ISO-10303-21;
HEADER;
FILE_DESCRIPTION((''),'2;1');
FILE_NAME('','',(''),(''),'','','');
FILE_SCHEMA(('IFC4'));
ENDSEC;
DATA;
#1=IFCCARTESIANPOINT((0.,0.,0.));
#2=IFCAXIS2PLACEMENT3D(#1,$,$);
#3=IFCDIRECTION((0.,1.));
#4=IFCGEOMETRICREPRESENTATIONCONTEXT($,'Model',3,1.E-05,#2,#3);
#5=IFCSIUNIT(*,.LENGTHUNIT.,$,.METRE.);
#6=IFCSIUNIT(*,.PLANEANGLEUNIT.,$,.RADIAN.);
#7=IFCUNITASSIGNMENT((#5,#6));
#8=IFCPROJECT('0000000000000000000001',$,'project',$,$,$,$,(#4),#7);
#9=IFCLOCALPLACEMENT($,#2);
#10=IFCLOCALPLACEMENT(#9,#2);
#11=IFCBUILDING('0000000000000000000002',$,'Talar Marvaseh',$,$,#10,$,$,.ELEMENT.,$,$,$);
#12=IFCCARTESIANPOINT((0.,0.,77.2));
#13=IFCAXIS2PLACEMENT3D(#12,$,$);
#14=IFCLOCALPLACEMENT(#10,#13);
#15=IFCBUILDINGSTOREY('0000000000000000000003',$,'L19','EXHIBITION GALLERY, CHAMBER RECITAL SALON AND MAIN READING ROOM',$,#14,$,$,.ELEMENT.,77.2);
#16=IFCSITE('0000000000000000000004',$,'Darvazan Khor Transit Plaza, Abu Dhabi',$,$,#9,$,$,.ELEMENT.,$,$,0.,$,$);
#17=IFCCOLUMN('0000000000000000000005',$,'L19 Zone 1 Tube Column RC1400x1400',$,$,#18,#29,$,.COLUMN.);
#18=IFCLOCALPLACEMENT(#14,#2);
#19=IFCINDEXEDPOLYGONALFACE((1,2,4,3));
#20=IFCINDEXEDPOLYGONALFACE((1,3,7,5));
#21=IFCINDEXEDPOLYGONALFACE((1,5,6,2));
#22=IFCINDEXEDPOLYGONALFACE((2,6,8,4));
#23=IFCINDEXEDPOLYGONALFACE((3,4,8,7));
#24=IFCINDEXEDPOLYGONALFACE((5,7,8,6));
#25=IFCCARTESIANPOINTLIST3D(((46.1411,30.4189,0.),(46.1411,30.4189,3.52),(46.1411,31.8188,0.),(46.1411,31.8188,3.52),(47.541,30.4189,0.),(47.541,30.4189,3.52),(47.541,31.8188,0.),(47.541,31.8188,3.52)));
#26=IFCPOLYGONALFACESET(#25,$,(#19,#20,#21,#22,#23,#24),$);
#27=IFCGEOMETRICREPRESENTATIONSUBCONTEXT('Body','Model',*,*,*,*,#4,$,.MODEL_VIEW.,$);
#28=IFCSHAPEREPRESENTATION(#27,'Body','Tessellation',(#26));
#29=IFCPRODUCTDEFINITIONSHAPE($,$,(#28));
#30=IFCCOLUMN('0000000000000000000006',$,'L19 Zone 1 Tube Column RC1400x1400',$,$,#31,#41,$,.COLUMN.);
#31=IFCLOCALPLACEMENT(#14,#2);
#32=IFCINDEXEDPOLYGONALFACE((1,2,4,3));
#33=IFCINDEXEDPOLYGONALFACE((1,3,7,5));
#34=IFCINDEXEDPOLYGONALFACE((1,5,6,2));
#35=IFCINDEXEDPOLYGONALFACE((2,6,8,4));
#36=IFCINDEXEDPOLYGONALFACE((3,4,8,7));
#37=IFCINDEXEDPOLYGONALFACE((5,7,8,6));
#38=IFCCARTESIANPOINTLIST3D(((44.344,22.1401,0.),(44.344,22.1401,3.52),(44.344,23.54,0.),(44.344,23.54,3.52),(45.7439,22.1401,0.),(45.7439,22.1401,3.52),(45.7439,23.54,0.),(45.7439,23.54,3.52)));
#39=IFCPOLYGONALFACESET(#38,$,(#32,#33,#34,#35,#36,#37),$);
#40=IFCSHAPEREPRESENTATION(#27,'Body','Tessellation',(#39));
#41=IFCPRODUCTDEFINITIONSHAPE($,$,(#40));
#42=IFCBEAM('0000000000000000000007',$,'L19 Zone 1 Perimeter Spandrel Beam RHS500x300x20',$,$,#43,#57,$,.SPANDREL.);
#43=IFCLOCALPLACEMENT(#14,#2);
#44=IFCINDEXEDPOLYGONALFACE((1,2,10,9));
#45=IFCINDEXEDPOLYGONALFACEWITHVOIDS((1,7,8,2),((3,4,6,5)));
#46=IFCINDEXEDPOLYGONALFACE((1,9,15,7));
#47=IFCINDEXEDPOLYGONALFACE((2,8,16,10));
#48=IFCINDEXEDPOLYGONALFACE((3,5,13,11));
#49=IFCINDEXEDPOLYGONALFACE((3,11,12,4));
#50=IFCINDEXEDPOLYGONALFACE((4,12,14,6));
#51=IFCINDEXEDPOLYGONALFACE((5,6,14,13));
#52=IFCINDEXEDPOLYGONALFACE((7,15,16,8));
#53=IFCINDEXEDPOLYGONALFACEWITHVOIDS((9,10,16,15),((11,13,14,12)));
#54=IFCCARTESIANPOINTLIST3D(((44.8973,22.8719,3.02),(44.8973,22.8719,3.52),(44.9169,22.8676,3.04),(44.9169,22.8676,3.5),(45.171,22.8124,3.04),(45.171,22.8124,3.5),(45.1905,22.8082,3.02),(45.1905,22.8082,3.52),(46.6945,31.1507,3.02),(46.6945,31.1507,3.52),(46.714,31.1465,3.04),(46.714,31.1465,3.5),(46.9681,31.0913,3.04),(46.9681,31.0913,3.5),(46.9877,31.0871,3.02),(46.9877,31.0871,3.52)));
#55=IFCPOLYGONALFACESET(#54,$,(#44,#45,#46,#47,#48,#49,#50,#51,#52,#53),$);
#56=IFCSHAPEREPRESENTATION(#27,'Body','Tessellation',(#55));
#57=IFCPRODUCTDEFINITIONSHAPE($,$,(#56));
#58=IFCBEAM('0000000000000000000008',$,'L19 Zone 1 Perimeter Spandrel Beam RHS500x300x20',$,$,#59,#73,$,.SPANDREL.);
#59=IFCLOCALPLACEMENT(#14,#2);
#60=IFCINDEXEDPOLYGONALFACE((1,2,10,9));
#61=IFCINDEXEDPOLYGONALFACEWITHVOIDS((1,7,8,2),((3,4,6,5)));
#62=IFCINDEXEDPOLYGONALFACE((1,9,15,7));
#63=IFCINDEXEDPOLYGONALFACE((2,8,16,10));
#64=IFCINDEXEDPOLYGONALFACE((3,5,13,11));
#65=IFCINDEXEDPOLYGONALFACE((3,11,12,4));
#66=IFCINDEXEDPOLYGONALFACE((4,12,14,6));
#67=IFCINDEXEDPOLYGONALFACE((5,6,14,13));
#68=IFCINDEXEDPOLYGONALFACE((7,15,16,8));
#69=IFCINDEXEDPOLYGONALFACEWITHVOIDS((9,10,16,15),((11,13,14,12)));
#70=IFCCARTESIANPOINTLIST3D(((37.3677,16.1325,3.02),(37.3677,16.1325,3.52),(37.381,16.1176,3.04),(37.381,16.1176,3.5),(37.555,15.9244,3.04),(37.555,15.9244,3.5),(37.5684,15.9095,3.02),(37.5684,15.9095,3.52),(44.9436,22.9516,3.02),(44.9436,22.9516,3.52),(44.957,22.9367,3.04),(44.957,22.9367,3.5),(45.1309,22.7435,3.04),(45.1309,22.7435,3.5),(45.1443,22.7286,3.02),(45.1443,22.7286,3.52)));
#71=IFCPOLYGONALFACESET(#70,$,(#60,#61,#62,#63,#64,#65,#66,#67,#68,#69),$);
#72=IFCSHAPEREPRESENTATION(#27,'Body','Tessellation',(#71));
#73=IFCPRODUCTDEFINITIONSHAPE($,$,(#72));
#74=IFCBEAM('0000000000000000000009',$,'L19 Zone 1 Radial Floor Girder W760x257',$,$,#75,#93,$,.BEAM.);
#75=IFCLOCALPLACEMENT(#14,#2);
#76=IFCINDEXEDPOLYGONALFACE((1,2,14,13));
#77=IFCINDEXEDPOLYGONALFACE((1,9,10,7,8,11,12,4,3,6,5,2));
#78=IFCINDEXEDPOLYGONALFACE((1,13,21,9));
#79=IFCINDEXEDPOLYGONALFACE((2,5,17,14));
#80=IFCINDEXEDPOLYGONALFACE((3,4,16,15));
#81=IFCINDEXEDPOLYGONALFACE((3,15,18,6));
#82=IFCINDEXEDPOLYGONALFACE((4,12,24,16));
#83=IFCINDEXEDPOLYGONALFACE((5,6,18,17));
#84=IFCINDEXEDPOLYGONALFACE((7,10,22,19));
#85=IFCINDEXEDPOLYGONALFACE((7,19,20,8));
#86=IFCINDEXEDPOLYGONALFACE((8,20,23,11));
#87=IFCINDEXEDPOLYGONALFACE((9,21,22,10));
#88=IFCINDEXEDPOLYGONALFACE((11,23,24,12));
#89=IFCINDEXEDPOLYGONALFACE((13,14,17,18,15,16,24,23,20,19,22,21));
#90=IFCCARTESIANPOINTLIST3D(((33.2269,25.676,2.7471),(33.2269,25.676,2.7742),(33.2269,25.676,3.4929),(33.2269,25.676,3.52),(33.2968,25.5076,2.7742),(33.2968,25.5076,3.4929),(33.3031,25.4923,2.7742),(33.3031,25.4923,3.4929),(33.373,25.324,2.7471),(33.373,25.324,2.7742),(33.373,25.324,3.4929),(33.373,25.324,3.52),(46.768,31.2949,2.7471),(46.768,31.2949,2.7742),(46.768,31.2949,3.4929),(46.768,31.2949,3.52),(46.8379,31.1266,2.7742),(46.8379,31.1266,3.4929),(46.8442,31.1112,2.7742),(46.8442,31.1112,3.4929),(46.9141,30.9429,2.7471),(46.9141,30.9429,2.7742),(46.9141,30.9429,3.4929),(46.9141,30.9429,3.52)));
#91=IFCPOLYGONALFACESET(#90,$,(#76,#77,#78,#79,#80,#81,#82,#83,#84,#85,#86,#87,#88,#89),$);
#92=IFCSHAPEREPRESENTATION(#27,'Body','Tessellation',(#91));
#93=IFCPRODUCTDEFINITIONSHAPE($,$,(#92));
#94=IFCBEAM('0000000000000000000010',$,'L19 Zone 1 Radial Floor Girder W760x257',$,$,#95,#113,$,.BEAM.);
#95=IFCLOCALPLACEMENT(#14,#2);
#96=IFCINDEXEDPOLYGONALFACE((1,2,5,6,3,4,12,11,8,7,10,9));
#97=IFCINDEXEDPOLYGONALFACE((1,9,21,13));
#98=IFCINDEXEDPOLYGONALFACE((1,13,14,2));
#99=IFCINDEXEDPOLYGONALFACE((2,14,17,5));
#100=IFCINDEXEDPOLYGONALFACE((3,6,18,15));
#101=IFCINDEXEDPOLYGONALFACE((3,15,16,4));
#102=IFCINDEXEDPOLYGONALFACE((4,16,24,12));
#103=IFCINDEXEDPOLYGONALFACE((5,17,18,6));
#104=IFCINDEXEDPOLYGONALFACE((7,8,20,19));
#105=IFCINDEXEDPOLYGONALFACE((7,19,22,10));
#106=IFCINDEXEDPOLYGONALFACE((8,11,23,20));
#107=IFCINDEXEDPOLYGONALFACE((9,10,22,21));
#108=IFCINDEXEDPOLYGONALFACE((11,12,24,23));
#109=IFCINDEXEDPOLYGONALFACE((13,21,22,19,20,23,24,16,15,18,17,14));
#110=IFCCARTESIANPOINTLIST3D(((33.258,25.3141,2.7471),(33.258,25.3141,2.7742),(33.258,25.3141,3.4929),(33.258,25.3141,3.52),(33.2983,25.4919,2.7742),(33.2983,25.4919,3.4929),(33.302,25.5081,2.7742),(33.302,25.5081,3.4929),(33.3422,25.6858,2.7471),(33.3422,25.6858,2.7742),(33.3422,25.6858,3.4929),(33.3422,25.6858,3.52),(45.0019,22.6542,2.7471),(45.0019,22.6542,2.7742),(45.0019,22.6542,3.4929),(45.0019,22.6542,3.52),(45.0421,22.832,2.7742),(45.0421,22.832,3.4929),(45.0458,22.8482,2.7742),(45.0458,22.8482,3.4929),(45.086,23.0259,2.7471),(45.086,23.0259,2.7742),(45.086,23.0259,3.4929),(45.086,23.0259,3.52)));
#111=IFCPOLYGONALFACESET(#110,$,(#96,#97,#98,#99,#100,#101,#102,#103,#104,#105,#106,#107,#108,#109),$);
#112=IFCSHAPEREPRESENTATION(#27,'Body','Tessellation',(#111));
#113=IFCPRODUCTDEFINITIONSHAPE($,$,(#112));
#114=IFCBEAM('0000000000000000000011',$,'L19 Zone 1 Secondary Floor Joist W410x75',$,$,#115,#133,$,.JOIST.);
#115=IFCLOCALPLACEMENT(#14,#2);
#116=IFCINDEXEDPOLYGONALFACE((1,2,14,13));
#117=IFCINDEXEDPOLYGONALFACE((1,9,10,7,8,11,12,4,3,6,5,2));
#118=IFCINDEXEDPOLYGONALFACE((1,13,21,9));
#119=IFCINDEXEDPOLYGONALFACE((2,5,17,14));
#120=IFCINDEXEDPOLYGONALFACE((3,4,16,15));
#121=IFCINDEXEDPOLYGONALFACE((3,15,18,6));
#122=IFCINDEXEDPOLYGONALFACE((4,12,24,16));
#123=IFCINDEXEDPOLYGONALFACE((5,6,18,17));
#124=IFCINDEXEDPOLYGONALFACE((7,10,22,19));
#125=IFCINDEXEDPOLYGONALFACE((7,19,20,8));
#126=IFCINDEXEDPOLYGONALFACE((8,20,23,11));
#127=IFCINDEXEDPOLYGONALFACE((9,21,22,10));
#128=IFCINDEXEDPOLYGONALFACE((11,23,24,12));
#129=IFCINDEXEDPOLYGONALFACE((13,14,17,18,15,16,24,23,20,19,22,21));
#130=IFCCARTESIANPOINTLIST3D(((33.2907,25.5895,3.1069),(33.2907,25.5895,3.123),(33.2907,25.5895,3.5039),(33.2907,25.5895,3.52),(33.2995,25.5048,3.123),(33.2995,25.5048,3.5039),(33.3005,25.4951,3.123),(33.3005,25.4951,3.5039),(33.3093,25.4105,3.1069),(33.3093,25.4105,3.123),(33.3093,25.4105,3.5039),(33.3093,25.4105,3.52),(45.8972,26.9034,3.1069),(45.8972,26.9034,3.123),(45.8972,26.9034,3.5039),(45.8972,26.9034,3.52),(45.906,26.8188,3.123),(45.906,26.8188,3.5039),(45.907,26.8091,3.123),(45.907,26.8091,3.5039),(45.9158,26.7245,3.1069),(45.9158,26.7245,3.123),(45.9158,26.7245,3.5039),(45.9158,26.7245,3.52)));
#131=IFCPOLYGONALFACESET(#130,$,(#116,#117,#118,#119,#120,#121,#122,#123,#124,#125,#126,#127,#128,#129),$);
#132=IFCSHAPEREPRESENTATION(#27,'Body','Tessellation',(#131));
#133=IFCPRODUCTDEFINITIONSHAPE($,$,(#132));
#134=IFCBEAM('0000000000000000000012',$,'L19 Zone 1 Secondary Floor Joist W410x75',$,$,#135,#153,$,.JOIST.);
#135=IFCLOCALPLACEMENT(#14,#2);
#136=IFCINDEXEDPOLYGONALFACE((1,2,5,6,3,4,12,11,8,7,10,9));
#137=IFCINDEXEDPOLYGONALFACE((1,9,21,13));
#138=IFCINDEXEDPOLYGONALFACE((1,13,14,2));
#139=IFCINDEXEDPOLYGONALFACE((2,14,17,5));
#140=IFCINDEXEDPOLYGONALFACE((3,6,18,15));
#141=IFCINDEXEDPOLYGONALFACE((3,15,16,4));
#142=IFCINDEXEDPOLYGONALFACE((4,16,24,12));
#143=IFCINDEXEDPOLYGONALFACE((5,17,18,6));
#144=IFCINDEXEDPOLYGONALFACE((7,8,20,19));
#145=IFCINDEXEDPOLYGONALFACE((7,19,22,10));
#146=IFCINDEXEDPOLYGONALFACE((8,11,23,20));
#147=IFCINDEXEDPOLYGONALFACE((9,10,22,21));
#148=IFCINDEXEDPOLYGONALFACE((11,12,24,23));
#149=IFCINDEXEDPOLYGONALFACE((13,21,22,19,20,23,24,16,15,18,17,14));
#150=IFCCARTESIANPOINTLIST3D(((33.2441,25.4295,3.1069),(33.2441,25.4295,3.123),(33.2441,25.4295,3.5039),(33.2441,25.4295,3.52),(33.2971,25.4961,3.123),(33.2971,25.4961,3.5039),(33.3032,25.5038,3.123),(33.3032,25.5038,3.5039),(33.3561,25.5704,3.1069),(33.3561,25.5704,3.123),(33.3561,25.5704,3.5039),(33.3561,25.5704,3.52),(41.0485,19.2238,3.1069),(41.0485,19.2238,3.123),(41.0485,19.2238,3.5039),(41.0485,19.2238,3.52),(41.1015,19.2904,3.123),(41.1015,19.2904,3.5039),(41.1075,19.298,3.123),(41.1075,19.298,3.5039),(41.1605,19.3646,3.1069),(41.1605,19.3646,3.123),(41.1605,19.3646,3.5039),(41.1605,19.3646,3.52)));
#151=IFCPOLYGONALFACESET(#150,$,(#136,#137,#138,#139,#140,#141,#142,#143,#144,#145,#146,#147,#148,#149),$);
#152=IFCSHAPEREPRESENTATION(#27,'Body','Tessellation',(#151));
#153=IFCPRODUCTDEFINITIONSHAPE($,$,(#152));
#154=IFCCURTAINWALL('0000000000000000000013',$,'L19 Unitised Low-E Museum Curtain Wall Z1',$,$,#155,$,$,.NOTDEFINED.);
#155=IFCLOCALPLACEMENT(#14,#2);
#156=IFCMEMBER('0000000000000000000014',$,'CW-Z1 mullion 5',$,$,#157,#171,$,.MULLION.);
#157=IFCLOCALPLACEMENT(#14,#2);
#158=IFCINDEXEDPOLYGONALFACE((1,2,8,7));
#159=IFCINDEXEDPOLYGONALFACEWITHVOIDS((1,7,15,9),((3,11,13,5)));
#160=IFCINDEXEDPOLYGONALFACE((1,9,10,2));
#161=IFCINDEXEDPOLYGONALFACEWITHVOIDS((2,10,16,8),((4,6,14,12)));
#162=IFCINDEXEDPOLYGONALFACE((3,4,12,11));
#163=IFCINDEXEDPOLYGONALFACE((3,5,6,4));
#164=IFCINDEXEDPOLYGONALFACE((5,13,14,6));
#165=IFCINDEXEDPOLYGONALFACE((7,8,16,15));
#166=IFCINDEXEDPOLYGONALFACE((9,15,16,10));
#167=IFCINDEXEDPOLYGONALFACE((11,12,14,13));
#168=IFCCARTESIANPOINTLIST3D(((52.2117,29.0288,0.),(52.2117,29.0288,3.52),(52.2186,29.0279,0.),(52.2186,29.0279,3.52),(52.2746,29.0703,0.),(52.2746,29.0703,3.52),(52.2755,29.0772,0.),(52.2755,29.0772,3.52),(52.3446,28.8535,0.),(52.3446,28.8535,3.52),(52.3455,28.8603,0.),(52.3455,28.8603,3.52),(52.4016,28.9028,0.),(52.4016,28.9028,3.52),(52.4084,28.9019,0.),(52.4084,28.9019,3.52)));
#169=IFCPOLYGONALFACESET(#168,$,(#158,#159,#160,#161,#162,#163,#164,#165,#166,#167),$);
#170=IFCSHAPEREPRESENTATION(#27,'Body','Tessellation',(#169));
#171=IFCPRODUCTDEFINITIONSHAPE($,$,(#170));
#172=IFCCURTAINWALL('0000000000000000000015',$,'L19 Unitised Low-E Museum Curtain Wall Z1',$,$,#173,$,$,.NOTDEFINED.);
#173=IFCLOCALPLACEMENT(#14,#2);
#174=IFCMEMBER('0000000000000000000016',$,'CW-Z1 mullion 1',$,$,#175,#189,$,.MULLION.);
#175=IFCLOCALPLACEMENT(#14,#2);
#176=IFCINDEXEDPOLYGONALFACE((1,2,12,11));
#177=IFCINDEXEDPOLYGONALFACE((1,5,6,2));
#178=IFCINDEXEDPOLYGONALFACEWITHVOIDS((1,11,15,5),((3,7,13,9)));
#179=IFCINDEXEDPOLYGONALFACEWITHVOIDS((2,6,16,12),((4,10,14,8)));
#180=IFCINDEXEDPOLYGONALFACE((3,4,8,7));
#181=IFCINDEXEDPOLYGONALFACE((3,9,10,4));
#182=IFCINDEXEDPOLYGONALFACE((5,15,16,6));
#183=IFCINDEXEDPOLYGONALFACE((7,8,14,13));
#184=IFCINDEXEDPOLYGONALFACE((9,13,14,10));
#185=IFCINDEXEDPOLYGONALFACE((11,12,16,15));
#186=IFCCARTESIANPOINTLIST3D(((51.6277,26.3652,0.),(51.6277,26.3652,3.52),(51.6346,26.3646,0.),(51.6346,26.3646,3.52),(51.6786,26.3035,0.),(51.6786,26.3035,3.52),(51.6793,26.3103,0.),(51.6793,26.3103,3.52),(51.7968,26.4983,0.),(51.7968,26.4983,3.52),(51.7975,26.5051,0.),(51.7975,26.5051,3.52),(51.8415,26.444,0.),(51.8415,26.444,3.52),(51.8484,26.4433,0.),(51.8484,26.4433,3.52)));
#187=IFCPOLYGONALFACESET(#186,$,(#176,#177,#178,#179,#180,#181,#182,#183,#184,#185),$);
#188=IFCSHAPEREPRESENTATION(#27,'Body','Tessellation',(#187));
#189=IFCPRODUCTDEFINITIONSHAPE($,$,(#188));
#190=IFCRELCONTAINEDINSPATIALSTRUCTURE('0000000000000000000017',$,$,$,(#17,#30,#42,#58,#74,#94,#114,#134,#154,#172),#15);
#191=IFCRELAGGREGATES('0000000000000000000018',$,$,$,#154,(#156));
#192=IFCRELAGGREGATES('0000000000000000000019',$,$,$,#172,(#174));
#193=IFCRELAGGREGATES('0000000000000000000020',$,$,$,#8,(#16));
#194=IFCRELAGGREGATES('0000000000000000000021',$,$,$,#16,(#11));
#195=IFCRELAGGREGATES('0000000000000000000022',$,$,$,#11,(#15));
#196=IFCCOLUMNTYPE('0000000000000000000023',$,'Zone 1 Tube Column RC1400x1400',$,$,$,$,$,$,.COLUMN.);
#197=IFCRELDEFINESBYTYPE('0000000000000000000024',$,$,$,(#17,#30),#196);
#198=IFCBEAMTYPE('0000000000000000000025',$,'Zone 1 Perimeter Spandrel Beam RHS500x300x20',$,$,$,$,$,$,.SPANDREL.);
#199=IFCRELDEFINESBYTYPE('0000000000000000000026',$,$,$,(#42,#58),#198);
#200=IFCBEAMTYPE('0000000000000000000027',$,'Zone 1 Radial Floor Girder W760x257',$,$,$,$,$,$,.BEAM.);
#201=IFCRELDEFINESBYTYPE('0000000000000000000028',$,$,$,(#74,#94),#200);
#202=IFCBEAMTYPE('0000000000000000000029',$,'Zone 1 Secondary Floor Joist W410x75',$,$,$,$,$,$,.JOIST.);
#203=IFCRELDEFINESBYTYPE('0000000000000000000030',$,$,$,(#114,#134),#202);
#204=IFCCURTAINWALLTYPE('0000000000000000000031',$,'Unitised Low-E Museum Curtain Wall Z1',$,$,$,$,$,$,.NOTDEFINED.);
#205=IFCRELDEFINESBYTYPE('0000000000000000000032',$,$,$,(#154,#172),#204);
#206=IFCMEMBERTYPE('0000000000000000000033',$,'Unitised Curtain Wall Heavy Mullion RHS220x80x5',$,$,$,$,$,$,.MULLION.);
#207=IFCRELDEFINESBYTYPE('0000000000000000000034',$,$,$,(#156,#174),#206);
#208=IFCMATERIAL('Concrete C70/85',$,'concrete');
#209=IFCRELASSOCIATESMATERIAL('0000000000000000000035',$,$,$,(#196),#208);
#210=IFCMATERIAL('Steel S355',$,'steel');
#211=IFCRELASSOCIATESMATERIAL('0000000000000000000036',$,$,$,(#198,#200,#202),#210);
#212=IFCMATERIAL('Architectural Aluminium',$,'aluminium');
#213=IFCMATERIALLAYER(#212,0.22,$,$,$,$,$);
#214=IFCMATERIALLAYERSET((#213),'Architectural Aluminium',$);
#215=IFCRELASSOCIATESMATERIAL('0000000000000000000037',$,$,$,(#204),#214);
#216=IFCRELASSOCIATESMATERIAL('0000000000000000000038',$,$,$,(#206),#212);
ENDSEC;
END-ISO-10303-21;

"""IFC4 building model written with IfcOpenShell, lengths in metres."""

from ifc_helpers import new_model, si_unit, direction, frame, origin, origin_2d, place, context, subcontext, project, spatial, rectangle, hollow_rectangle, i_section, extrude, source, transform, mapped, material, layer, layer_set, material_profile, profile_set, type_object, type_shapes, element, aggregate, save


model = new_model("IFC4")

# Units and contexts
model_context = context("Model", 3, precision=1e-05, world=origin(), true_north=direction((0.0, 1.0)))
body_context = subcontext(model_context, "Body", "Model", "MODEL_VIEW")
ifc_project = project(units=[si_unit("LENGTHUNIT", "METRE"), si_unit("PLANEANGLEUNIT", "RADIAN")], contexts=[model_context])

# Site, building, storey
site_placement = place(None, origin())
site = spatial("IfcSite", under=ifc_project, at=site_placement, Name="Darvazan Khor Transit Plaza, Abu Dhabi", CompositionType="ELEMENT", RefElevation=0.0)
building_placement = place(site_placement, origin())
building = spatial("IfcBuilding", under=site, at=building_placement, Name="Talar Marvaseh", CompositionType="ELEMENT")
storey_placement = place(building_placement, frame((0.0, 0.0, 77.2)))
storey = spatial("IfcBuildingStorey", under=building, at=storey_placement, Name="L19", Description="EXHIBITION GALLERY, CHAMBER RECITAL SALON AND MAIN READING ROOM", CompositionType="ELEMENT", Elevation=77.2)

# Columns
ifc_material_1 = material(Name="Concrete C70/85", Category="concrete")
ifc_material_profile_1 = material_profile(ifc_material_1, rectangle(XDim=1.3999, YDim=1.3999, at=origin_2d()), Name="RC1400x1400")
ifc_profile_set_1 = profile_set([ifc_material_profile_1], Name="Concrete C70/85")
column_type = type_object("IfcColumnType", Name="Zone 1 Tube Column RC1400x1400", PredefinedType="COLUMN", material=ifc_profile_set_1)
for number, where, z_axis, x_axis, name in (
    (1, (46.8411, 31.1189, 0.0), (0.0, 0.0, 1.0), (1.0, 0.0, 0.0), "L19 Zone 1 Tube Column RC1400x1400"),
    (2, (45.0439, 22.8401, 0.0), (0.0, 0.0, 1.0), (1.0, 0.0, 0.0), "L19 Zone 1 Tube Column RC1400x1400"),
):
    element("IfcColumn", number, at=place(storey_placement, frame(where, z_axis=z_axis, x_axis=x_axis)), inside=storey, type_object=column_type, Name=name, PredefinedType="COLUMN", context=body_context, shape_type="SweptSolid", body=[
        extrude(rectangle(XDim=1.3999, YDim=1.3999, at=origin_2d()), origin(), (0.0, 0.0, 1.0), 3.52),
    ])

# Beams
ifc_material_2 = material(Name="Steel S355", Category="steel")
ifc_material_profile_2 = material_profile(ifc_material_2, hollow_rectangle(XDim=0.3, YDim=0.5, WallThickness=0.02, at=origin_2d()), Name="RHS500x300x20")
ifc_profile_set_2 = profile_set([ifc_material_profile_2], Name="Steel S355")
beam_type_1 = type_object("IfcBeamType", Name="Zone 1 Perimeter Spandrel Beam RHS500x300x20", PredefinedType="SPANDREL", material=ifc_profile_set_2)
beam_1_placement = place(storey_placement, frame((46.8411, 31.1189, 3.27), z_axis=(-0.212134, -0.977241, 0.0), x_axis=(0.977241, -0.212134, 0.0)))
element("IfcBeam", 3, at=beam_1_placement, inside=storey, type_object=beam_type_1, Name="L19 Zone 1 Perimeter Spandrel Beam RHS500x300x20", PredefinedType="SPANDREL", context=body_context, shape_type="SweptSolid", body=[
    extrude(hollow_rectangle(XDim=0.3, YDim=0.5, WallThickness=0.02, at=origin_2d()), origin(), (0.0, 0.0, 1.0), 8.4717),
])
beam_2_placement = place(storey_placement, frame((45.0439, 22.8401, 3.27), z_axis=(-0.743257, -0.669006, 0.0), x_axis=(0.669006, -0.743257, 0.0)))
element("IfcBeam", 4, at=beam_2_placement, inside=storey, type_object=beam_type_1, Name="L19 Zone 1 Perimeter Spandrel Beam RHS500x300x20", PredefinedType="SPANDREL", context=body_context, shape_type="SweptSolid", body=[
    extrude(hollow_rectangle(XDim=0.3, YDim=0.5, WallThickness=0.02, at=origin_2d()), origin(), (0.0, 0.0, 1.0), 10.1929),
])
ifc_material_profile_3 = material_profile(ifc_material_2, i_section(OverallWidth=0.3811, OverallDepth=0.7729, WebThickness=0.0166, FlangeThickness=0.0271, at=origin_2d()), Name="W760x257")
ifc_profile_set_3 = profile_set([ifc_material_profile_3], Name="Steel S355")
beam_type_2 = type_object("IfcBeamType", Name="Zone 1 Radial Floor Girder W760x257", PredefinedType="BEAM", material=ifc_profile_set_3)
beam_3_placement = place(storey_placement, frame((46.8411, 31.1189, 3.1335), z_axis=(-0.923638, -0.383267, 0.0), x_axis=(0.383267, -0.923638, 0.0)))
element("IfcBeam", 5, at=beam_3_placement, inside=storey, type_object=beam_type_2, Name="L19 Zone 1 Radial Floor Girder W760x257", PredefinedType="BEAM", context=body_context, shape_type="SweptSolid", body=[
    extrude(i_section(OverallWidth=0.3811, OverallDepth=0.7729, WebThickness=0.0166, FlangeThickness=0.0271, at=origin_2d()), origin(), (0.0, 0.0, 1.0), 14.6606),
])
beam_4_placement = place(storey_placement, frame((45.0439, 22.8401, 3.1335), z_axis=(-0.975297, 0.220898, 0.0), x_axis=(-0.220898, -0.975297, 0.0)))
element("IfcBeam", 6, at=beam_4_placement, inside=storey, type_object=beam_type_2, Name="L19 Zone 1 Radial Floor Girder W760x257", PredefinedType="BEAM", context=body_context, shape_type="SweptSolid", body=[
    extrude(i_section(OverallWidth=0.3811, OverallDepth=0.7729, WebThickness=0.0166, FlangeThickness=0.0271, at=origin_2d()), origin(), (0.0, 0.0, 1.0), 12.0413),
])
ifc_material_profile_4 = material_profile(ifc_material_2, i_section(OverallWidth=0.1799, OverallDepth=0.4131, WebThickness=0.0098, FlangeThickness=0.0161, at=origin_2d()), Name="W410x75")
ifc_profile_set_4 = profile_set([ifc_material_profile_4], Name="Steel S355")
beam_type_3 = type_object("IfcBeamType", Name="Zone 1 Secondary Floor Joist W410x75", PredefinedType="JOIST", material=ifc_profile_set_4)
beam_5_placement = place(storey_placement, frame((45.9065, 26.814, 3.3135), z_axis=(-0.994612, -0.103668, 0.0), x_axis=(0.103668, -0.994612, 0.0)))
element("IfcBeam", 7, at=beam_5_placement, inside=storey, type_object=beam_type_3, Name="L19 Zone 1 Secondary Floor Joist W410x75", PredefinedType="JOIST", context=body_context, shape_type="SweptSolid", body=[
    extrude(i_section(OverallWidth=0.1799, OverallDepth=0.4131, WebThickness=0.0098, FlangeThickness=0.0161, at=origin_2d()), origin(), (0.0, 0.0, 1.0), 12.6748),
])
beam_6_placement = place(storey_placement, frame((41.1045, 19.2942, 3.3135), z_axis=(-0.782712, 0.622384, 0.0), x_axis=(-0.622384, -0.782712, 0.0)))
element("IfcBeam", 8, at=beam_6_placement, inside=storey, type_object=beam_type_3, Name="L19 Zone 1 Secondary Floor Joist W410x75", PredefinedType="JOIST", context=body_context, shape_type="SweptSolid", body=[
    extrude(i_section(OverallWidth=0.1799, OverallDepth=0.4131, WebThickness=0.0098, FlangeThickness=0.0161, at=origin_2d()), origin(), (0.0, 0.0, 1.0), 9.9709),
])

# Curtain wall, member
ifc_material_3 = material(Name="Architectural Aluminium", Category="aluminium")
ifc_layer_1 = layer(ifc_material_3, 0.22)
ifc_layer_set_1 = layer_set([ifc_layer_1], Name="Architectural Aluminium")
curtain_wall_type = type_object("IfcCurtainWallType", Name="Unitised Low-E Museum Curtain Wall Z1", PredefinedType="NOTDEFINED", material=ifc_layer_set_1)
curtain_wall_1_placement = place(storey_placement, origin())
curtain_wall_1 = element("IfcCurtainWall", 9, at=curtain_wall_1_placement, inside=storey, type_object=curtain_wall_type, Name="L19 Unitised Low-E Museum Curtain Wall Z1", PredefinedType="NOTDEFINED")
ifc_material_profile_5 = material_profile(ifc_material_3, hollow_rectangle(XDim=0.0801, YDim=0.22, WallThickness=0.0049, at=origin_2d()), Name="RHS220x80x5")
ifc_profile_set_5 = profile_set([ifc_material_profile_5], Name="Architectural Aluminium")
member_type_1 = type_object("IfcMemberType", Name="Unitised Curtain Wall Heavy Mullion RHS220x80x5", PredefinedType="MULLION", material=ifc_profile_set_5)
shared_shape_1 = source(origin(), body_context, "Body", "SweptSolid", [
    extrude(hollow_rectangle(XDim=0.0801, YDim=0.22, WallThickness=0.0049, at=origin_2d()), origin(), (0.0, 0.0, 1.0), 3.52),
])
type_shapes(member_type_1, [shared_shape_1])
member_1_placement = place(storey_placement, frame((52.3101, 28.9653, 0.0), z_axis=(0.0, 0.0, 1.0), x_axis=(0.797015, 0.603959, 0.0)))
member_1 = element("IfcMember", 10, at=member_1_placement, type_object=member_type_1, Name="CW-Z1 mullion 5", PredefinedType="MULLION", context=body_context, shape_type="MappedRepresentation", body=[
    mapped(shared_shape_1, transform((0.0, 0.0, 0.0), x_axis=(1.0, 0.0, 0.0), y_axis=(0.0, 1.0, 0.0), z_axis=(0.0, 0.0, 1.0), scale=1.0)),
])

# Curtain wall, member
curtain_wall_2_placement = place(storey_placement, origin())
curtain_wall_2 = element("IfcCurtainWall", 11, at=curtain_wall_2_placement, inside=storey, type_object=curtain_wall_type, Name="L19 Unitised Low-E Museum Curtain Wall Z1", PredefinedType="NOTDEFINED")
member_2_placement = place(storey_placement, frame((51.738, 26.4043, 0.0), z_axis=(0.0, 0.0, 1.0), x_axis=(0.635959, -0.771723, 0.0)))
member_2 = element("IfcMember", 12, at=member_2_placement, type_object=member_type_1, Name="CW-Z1 mullion 1", PredefinedType="MULLION", context=body_context, shape_type="MappedRepresentation", body=[
    mapped(shared_shape_1, transform((0.0, 0.0, 0.0), x_axis=(1.0, 0.0, 0.0), y_axis=(0.0, 1.0, 0.0), z_axis=(0.0, 0.0, 1.0), scale=1.0)),
])

aggregate(curtain_wall_1, [member_1])
aggregate(curtain_wall_2, [member_2])

save(model, "model.ifc")
